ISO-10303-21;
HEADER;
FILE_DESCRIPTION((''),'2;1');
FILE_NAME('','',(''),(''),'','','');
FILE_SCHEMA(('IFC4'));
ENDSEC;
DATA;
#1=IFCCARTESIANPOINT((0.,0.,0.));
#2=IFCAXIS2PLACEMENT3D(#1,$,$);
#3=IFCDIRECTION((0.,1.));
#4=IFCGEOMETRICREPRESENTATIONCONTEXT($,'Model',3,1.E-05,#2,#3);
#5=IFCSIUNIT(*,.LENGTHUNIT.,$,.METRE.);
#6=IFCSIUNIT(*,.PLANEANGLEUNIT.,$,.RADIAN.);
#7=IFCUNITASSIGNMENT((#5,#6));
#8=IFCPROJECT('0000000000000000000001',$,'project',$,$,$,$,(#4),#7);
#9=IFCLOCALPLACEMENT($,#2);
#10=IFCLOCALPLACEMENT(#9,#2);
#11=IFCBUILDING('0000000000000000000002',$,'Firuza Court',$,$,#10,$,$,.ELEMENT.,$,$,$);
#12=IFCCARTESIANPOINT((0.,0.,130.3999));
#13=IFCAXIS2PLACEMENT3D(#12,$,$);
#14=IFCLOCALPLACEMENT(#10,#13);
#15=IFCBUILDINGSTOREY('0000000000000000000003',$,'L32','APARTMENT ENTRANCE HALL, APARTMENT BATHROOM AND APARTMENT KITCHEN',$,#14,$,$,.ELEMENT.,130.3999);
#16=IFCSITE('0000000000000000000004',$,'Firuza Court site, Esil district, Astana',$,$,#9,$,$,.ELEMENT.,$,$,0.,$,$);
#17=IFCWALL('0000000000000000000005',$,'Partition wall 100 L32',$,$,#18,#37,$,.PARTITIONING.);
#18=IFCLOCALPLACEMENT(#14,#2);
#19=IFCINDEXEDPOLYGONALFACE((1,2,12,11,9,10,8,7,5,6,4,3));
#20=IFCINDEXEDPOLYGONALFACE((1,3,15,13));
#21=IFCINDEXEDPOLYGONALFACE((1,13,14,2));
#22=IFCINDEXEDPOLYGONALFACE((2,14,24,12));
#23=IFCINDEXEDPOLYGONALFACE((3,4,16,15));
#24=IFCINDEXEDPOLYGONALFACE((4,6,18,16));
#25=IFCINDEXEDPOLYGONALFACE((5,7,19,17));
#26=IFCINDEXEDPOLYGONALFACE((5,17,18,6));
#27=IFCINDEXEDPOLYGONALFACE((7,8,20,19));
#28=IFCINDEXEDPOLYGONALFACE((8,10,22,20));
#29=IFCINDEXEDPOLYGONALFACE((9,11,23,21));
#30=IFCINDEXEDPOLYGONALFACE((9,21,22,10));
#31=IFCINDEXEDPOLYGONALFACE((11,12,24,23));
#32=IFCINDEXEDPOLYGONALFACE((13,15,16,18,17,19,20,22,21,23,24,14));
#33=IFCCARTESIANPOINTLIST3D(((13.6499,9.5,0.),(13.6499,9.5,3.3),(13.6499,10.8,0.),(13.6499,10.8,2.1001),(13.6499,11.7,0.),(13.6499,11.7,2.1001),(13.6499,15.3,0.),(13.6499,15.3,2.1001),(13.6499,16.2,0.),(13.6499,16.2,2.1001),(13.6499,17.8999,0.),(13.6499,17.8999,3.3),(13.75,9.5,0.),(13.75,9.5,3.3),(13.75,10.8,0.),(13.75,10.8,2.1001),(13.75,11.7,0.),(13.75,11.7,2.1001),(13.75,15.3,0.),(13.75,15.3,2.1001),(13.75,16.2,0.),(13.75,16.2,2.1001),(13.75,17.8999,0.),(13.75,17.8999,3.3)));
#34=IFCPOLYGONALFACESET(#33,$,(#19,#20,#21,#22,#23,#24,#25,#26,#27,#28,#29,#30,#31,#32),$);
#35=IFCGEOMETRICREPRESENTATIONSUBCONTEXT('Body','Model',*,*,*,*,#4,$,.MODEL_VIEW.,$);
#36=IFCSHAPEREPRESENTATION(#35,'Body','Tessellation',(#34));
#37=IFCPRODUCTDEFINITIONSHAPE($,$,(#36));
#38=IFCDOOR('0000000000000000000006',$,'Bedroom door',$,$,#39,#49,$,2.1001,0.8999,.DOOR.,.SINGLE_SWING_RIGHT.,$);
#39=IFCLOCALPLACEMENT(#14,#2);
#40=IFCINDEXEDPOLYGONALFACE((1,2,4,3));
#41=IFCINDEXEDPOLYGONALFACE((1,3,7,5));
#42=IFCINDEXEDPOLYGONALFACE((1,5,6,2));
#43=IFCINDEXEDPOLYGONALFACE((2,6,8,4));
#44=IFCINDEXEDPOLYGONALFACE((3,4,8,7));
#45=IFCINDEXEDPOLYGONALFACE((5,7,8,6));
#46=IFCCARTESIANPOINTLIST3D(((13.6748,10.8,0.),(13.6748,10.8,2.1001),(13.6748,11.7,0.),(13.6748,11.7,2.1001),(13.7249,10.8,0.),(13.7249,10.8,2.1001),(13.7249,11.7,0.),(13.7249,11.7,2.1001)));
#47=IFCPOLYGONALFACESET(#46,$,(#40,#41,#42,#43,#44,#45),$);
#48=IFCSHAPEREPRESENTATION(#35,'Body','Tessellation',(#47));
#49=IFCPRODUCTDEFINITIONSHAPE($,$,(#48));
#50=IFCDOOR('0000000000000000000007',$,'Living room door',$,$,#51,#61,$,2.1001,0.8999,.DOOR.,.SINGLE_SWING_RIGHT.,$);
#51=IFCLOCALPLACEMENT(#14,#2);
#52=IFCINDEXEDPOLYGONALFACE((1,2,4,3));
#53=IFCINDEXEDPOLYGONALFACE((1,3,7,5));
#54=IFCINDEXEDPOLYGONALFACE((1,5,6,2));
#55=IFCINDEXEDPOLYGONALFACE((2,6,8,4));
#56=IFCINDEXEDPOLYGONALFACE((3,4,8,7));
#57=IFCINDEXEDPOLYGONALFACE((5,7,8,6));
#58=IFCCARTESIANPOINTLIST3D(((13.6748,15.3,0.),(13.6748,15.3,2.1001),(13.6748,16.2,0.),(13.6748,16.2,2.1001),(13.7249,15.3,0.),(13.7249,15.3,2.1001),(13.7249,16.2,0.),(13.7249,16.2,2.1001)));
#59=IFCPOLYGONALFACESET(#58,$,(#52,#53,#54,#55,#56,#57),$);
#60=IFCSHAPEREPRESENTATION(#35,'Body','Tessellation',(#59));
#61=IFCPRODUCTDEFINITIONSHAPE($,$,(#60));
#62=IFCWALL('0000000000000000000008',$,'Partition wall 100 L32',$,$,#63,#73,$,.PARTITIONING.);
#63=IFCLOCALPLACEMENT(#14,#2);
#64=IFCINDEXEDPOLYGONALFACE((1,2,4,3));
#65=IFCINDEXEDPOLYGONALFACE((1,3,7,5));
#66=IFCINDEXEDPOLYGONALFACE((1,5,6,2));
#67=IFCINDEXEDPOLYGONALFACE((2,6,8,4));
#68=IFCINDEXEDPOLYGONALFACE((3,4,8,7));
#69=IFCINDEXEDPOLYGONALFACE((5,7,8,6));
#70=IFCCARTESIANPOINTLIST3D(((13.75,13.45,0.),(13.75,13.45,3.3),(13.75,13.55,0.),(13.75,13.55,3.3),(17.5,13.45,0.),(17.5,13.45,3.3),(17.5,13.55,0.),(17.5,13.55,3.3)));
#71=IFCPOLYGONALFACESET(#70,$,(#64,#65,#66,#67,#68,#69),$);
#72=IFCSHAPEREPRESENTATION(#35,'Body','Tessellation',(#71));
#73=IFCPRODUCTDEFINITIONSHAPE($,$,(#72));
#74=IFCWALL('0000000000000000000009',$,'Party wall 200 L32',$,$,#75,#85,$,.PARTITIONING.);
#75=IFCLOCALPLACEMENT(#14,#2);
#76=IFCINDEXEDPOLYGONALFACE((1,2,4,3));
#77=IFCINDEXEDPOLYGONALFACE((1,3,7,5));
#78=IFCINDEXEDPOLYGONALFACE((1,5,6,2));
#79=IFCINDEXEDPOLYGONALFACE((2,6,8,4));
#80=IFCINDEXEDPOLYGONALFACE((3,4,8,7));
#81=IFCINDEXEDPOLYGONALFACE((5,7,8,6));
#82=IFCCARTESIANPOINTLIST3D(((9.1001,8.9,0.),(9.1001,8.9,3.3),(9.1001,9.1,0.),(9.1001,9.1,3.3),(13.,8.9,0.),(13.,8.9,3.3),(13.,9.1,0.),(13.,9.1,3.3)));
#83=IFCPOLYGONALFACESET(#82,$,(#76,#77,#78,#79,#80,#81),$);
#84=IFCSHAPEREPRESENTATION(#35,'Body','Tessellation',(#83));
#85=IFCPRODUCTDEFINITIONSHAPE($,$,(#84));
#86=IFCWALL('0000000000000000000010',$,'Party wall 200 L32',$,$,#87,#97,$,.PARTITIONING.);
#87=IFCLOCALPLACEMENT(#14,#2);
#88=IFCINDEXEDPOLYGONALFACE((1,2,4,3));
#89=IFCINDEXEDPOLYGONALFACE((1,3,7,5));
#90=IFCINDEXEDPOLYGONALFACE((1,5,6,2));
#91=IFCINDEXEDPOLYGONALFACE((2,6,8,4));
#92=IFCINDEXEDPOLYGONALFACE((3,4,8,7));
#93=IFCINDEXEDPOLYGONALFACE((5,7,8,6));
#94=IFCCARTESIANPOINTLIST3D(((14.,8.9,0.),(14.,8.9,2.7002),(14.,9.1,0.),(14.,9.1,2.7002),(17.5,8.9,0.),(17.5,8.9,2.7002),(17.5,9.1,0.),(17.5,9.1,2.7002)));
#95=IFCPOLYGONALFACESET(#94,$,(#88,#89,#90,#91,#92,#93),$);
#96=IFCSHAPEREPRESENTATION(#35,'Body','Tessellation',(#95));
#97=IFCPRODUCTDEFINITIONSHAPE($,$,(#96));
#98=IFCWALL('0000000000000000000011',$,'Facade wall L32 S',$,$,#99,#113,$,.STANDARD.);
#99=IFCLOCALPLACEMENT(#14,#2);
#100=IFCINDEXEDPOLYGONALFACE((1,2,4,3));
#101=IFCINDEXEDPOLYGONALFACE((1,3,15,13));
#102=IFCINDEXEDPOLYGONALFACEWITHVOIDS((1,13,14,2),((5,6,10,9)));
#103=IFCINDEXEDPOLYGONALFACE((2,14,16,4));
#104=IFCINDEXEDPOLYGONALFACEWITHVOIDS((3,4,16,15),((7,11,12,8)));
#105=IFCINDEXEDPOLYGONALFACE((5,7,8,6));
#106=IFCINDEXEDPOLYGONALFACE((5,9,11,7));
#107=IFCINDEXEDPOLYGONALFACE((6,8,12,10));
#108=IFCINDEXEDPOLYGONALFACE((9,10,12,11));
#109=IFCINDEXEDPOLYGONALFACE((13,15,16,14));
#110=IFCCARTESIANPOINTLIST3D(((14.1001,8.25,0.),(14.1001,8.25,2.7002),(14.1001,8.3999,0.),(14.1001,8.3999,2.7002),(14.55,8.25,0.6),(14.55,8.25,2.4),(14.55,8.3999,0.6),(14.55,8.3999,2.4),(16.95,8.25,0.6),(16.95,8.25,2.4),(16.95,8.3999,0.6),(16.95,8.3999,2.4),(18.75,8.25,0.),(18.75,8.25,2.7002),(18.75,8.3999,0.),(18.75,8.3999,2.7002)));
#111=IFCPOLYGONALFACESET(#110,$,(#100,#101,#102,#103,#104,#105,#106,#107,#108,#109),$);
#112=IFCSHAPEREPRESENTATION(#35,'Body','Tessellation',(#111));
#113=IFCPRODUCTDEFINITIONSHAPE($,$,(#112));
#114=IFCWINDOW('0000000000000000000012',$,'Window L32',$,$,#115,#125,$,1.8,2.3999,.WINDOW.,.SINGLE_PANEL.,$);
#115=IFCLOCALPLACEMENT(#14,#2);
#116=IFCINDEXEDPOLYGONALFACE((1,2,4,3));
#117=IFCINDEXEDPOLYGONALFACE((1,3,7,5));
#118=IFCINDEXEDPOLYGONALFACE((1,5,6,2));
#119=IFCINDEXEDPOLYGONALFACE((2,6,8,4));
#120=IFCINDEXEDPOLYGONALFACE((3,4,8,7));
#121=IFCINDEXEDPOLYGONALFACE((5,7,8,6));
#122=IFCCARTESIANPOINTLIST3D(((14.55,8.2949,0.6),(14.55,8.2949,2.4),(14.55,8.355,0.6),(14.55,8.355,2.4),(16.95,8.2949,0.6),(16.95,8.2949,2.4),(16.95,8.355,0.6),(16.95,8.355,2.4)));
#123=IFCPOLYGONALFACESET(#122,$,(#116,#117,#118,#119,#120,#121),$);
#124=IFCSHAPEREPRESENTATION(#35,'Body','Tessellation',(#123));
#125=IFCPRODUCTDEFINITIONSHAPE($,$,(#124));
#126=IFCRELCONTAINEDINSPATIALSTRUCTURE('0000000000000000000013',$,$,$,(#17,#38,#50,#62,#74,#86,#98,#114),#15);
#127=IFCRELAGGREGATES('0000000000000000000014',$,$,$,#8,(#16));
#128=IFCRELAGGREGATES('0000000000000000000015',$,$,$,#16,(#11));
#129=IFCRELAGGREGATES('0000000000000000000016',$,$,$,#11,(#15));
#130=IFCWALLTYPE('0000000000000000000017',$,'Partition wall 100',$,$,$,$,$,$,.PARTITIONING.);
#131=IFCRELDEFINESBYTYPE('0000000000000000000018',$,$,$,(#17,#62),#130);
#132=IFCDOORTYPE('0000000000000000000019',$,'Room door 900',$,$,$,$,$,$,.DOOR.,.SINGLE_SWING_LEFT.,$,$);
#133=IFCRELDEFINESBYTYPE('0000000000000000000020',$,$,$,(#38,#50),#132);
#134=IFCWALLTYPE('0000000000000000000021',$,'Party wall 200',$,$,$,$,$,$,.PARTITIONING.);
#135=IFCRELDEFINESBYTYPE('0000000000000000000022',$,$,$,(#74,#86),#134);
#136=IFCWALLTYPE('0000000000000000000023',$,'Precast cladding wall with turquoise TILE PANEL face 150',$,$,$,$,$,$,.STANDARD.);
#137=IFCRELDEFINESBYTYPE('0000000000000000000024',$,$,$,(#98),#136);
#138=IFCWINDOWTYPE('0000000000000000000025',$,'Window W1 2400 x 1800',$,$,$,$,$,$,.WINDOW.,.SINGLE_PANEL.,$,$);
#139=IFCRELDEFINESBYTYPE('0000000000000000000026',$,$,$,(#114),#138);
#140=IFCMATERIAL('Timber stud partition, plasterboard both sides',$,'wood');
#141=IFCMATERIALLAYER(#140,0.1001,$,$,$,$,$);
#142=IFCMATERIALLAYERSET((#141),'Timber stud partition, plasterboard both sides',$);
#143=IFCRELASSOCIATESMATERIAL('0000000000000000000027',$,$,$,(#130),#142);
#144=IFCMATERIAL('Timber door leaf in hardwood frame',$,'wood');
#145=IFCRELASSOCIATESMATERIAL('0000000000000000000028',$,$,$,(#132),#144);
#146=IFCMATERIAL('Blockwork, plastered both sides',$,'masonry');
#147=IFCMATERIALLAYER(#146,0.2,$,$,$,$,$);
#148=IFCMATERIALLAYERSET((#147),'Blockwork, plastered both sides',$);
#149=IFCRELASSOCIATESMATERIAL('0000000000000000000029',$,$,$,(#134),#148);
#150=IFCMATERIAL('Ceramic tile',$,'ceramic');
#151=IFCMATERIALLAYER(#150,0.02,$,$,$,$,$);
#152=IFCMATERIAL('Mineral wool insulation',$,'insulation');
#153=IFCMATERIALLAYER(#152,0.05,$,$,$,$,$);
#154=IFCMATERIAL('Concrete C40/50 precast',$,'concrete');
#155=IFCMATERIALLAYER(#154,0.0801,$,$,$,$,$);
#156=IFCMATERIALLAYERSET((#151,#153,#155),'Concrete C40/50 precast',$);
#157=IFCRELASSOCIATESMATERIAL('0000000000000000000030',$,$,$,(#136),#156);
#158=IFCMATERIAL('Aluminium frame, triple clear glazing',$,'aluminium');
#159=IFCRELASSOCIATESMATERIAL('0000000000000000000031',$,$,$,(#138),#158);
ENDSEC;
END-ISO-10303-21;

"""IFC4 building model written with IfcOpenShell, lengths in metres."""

from ifc_helpers import new_model, si_unit, direction, frame, frame_2d, origin, place, context, subcontext, project, spatial, rectangle, extrude, material, layer, layer_set, type_object, element, fill, save


model = new_model("IFC4")

# Units and contexts
model_context = context("Model", 3, precision=1e-05, world=origin(), true_north=direction((0.0, 1.0)))
body_context = subcontext(model_context, "Body", "Model", "MODEL_VIEW")
ifc_project = project(units=[si_unit("LENGTHUNIT", "METRE"), si_unit("PLANEANGLEUNIT", "RADIAN")], contexts=[model_context])

# Site, building, storey
site_placement = place(None, origin())
site = spatial("IfcSite", under=ifc_project, at=site_placement, Name="Firuza Court site, Esil district, Astana", CompositionType="ELEMENT", RefElevation=0.0)
building_placement = place(site_placement, origin())
building = spatial("IfcBuilding", under=site, at=building_placement, Name="Firuza Court", CompositionType="ELEMENT")
storey_placement = place(building_placement, frame((0.0, 0.0, 130.3999)))
storey = spatial("IfcBuildingStorey", under=building, at=storey_placement, Name="L32", Description="APARTMENT ENTRANCE HALL, APARTMENT BATHROOM AND APARTMENT KITCHEN", CompositionType="ELEMENT", Elevation=130.3999)

# Wall, openings, doors
ifc_material_1 = material(Name="Timber stud partition, plasterboard both sides", Category="wood")
ifc_layer_1 = layer(ifc_material_1, 0.1001)
ifc_layer_set_1 = layer_set([ifc_layer_1], Name="Timber stud partition, plasterboard both sides")
wall_type_1 = type_object("IfcWallType", Name="Partition wall 100", PredefinedType="PARTITIONING", material=ifc_layer_set_1)
ifc_material_2 = material(Name="Timber door leaf in hardwood frame", Category="wood")
door_type_1 = type_object("IfcDoorType", Name="Room door 900", OperationType="SINGLE_SWING_LEFT", PredefinedType="DOOR", material=ifc_material_2)
wall_1_placement = place(storey_placement, frame((13.7, 9.5, 0.0), z_axis=(0.0, 0.0, 1.0), x_axis=(0.0, 1.0, 0.0)))
wall_1 = element("IfcWall", 1, at=wall_1_placement, inside=storey, type_object=wall_type_1, Name="Partition wall 100 L32", PredefinedType="PARTITIONING", context=body_context, shape_type="SweptSolid", body=[
    extrude(rectangle(XDim=8.3999, YDim=0.1001, at=frame_2d((4.2, 0.0))), origin(), (0.0, 0.0, 1.0), 3.3),
])
opening_1_placement = place(wall_1_placement, frame((1.3, 0.0, 0.0)))
opening_1 = element("IfcOpeningElement", 2, at=opening_1_placement, cuts=wall_1, PredefinedType="OPENING", context=body_context, shape_type="SweptSolid", body=[
    extrude(rectangle(XDim=0.8999, YDim=2.1001, at=frame_2d((0.45, 1.05))), frame((0.0, 0.062, 0.0), z_axis=(0.0, -1.0, 0.0), x_axis=(1.0, 0.0, 0.0)), (0.0, 0.0, 1.0), 0.124),
])
opening_2_placement = place(wall_1_placement, frame((5.8, 0.0, 0.0)))
opening_2 = element("IfcOpeningElement", 3, at=opening_2_placement, cuts=wall_1, PredefinedType="OPENING", context=body_context, shape_type="SweptSolid", body=[
    extrude(rectangle(XDim=0.8999, YDim=2.1001, at=frame_2d((0.45, 1.05))), frame((0.0, 0.062, 0.0), z_axis=(0.0, -1.0, 0.0), x_axis=(1.0, 0.0, 0.0)), (0.0, 0.0, 1.0), 0.124),
])
door_1_placement = place(opening_1_placement, frame((0.8999, 0.0, 0.0), z_axis=(0.0, 0.0, 1.0), x_axis=(-1.0, 0.0, 0.0)))
door_1 = element("IfcDoor", 4, at=door_1_placement, inside=storey, type_object=door_type_1, Name="Bedroom door", OperationType="SINGLE_SWING_RIGHT", OverallHeight=2.1001, OverallWidth=0.8999, PredefinedType="DOOR", context=body_context, shape_type="SweptSolid", body=[
    extrude(rectangle(XDim=0.8999, YDim=2.1001, at=frame_2d((0.45, 1.05))), frame((0.0, 0.0249, 0.0), z_axis=(0.0, -1.0, 0.0), x_axis=(1.0, 0.0, 0.0)), (0.0, 0.0, 1.0), 0.05),
])
fill(opening_1, door_1)
door_2_placement = place(opening_2_placement, frame((0.8999, 0.0, 0.0), z_axis=(0.0, 0.0, 1.0), x_axis=(-1.0, 0.0, 0.0)))
door_2 = element("IfcDoor", 5, at=door_2_placement, inside=storey, type_object=door_type_1, Name="Living room door", OperationType="SINGLE_SWING_RIGHT", OverallHeight=2.1001, OverallWidth=0.8999, PredefinedType="DOOR", context=body_context, shape_type="SweptSolid", body=[
    extrude(rectangle(XDim=0.8999, YDim=2.1001, at=frame_2d((0.45, 1.05))), frame((0.0, 0.0249, 0.0), z_axis=(0.0, -1.0, 0.0), x_axis=(1.0, 0.0, 0.0)), (0.0, 0.0, 1.0), 0.05),
])
fill(opening_2, door_2)

# Walls
wall_2_placement = place(storey_placement, frame((13.75, 13.5, 0.0), z_axis=(0.0, 0.0, 1.0), x_axis=(1.0, 0.0, 0.0)))
element("IfcWall", 6, at=wall_2_placement, inside=storey, type_object=wall_type_1, Name="Partition wall 100 L32", PredefinedType="PARTITIONING", context=body_context, shape_type="SweptSolid", body=[
    extrude(rectangle(XDim=3.75, YDim=0.1001, at=frame_2d((1.875, 0.0))), origin(), (0.0, 0.0, 1.0), 3.3),
])
ifc_material_3 = material(Name="Blockwork, plastered both sides", Category="masonry")
ifc_layer_2 = layer(ifc_material_3, 0.2)
ifc_layer_set_2 = layer_set([ifc_layer_2], Name="Blockwork, plastered both sides")
wall_type_2 = type_object("IfcWallType", Name="Party wall 200", PredefinedType="PARTITIONING", material=ifc_layer_set_2)
wall_3_placement = place(storey_placement, frame((9.1001, 9.0, 0.0), z_axis=(0.0, 0.0, 1.0), x_axis=(1.0, 0.0, 0.0)))
element("IfcWall", 7, at=wall_3_placement, inside=storey, type_object=wall_type_2, Name="Party wall 200 L32", PredefinedType="PARTITIONING", context=body_context, shape_type="SweptSolid", body=[
    extrude(rectangle(XDim=3.8999, YDim=0.2, at=frame_2d((1.95, 0.0))), origin(), (0.0, 0.0, 1.0), 3.3),
])
wall_4_placement = place(storey_placement, frame((14.0, 9.0, 0.0), z_axis=(0.0, 0.0, 1.0), x_axis=(1.0, 0.0, 0.0)))
element("IfcWall", 8, at=wall_4_placement, inside=storey, type_object=wall_type_2, Name="Party wall 200 L32", PredefinedType="PARTITIONING", context=body_context, shape_type="SweptSolid", body=[
    extrude(rectangle(XDim=3.5, YDim=0.2, at=frame_2d((1.75, 0.0))), origin(), (0.0, 0.0, 1.0), 2.7002),
])

# Wall, opening, window
ifc_material_4 = material(Name="Ceramic tile", Category="ceramic")
ifc_layer_3 = layer(ifc_material_4, 0.02)
ifc_material_5 = material(Name="Mineral wool insulation", Category="insulation")
ifc_layer_4 = layer(ifc_material_5, 0.05)
ifc_material_6 = material(Name="Concrete C40/50 precast", Category="concrete")
ifc_layer_5 = layer(ifc_material_6, 0.0801)
ifc_layer_set_3 = layer_set([ifc_layer_3, ifc_layer_4, ifc_layer_5], Name="Concrete C40/50 precast")
wall_type_3 = type_object("IfcWallType", Name="Precast cladding wall with turquoise TILE PANEL face 150", PredefinedType="STANDARD", material=ifc_layer_set_3)
wall_5_placement = place(storey_placement, frame((14.1001, 8.325, 0.0), z_axis=(0.0, 0.0, 1.0), x_axis=(1.0, 0.0, 0.0)))
wall_5 = element("IfcWall", 9, at=wall_5_placement, inside=storey, type_object=wall_type_3, Name="Facade wall L32 S", PredefinedType="STANDARD", context=body_context, shape_type="SweptSolid", body=[
    extrude(rectangle(XDim=4.6499, YDim=0.1499, at=frame_2d((2.325, 0.0))), origin(), (0.0, 0.0, 1.0), 2.7002),
])
opening_3_placement = place(wall_5_placement, frame((0.45, 0.0, 0.6001)))
opening_3 = element("IfcOpeningElement", 10, at=opening_3_placement, cuts=wall_5, PredefinedType="OPENING", context=body_context, shape_type="SweptSolid", body=[
    extrude(rectangle(XDim=2.3999, YDim=1.8, at=frame_2d((1.2, 0.8999))), frame((0.0, 0.0869, 0.0), z_axis=(0.0, -1.0, 0.0), x_axis=(1.0, 0.0, 0.0)), (0.0, 0.0, 1.0), 0.1738),
])
ifc_material_7 = material(Name="Aluminium frame, triple clear glazing", Category="aluminium")
window_type = type_object("IfcWindowType", Name="Window W1 2400 x 1800", PartitioningType="SINGLE_PANEL", PredefinedType="WINDOW", material=ifc_material_7)
window_placement = place(opening_3_placement, origin())
window = element("IfcWindow", 11, at=window_placement, inside=storey, type_object=window_type, Name="Window L32", OverallHeight=1.8, OverallWidth=2.3999, PartitioningType="SINGLE_PANEL", PredefinedType="WINDOW", context=body_context, shape_type="SweptSolid", body=[
    extrude(rectangle(XDim=2.3999, YDim=1.8, at=frame_2d((1.2, 0.8999))), frame((0.0, 0.03, 0.0), z_axis=(0.0, -1.0, 0.0), x_axis=(1.0, 0.0, 0.0)), (0.0, 0.0, 1.0), 0.0601),
])
fill(opening_3, window)

save(model, "model.ifc")
